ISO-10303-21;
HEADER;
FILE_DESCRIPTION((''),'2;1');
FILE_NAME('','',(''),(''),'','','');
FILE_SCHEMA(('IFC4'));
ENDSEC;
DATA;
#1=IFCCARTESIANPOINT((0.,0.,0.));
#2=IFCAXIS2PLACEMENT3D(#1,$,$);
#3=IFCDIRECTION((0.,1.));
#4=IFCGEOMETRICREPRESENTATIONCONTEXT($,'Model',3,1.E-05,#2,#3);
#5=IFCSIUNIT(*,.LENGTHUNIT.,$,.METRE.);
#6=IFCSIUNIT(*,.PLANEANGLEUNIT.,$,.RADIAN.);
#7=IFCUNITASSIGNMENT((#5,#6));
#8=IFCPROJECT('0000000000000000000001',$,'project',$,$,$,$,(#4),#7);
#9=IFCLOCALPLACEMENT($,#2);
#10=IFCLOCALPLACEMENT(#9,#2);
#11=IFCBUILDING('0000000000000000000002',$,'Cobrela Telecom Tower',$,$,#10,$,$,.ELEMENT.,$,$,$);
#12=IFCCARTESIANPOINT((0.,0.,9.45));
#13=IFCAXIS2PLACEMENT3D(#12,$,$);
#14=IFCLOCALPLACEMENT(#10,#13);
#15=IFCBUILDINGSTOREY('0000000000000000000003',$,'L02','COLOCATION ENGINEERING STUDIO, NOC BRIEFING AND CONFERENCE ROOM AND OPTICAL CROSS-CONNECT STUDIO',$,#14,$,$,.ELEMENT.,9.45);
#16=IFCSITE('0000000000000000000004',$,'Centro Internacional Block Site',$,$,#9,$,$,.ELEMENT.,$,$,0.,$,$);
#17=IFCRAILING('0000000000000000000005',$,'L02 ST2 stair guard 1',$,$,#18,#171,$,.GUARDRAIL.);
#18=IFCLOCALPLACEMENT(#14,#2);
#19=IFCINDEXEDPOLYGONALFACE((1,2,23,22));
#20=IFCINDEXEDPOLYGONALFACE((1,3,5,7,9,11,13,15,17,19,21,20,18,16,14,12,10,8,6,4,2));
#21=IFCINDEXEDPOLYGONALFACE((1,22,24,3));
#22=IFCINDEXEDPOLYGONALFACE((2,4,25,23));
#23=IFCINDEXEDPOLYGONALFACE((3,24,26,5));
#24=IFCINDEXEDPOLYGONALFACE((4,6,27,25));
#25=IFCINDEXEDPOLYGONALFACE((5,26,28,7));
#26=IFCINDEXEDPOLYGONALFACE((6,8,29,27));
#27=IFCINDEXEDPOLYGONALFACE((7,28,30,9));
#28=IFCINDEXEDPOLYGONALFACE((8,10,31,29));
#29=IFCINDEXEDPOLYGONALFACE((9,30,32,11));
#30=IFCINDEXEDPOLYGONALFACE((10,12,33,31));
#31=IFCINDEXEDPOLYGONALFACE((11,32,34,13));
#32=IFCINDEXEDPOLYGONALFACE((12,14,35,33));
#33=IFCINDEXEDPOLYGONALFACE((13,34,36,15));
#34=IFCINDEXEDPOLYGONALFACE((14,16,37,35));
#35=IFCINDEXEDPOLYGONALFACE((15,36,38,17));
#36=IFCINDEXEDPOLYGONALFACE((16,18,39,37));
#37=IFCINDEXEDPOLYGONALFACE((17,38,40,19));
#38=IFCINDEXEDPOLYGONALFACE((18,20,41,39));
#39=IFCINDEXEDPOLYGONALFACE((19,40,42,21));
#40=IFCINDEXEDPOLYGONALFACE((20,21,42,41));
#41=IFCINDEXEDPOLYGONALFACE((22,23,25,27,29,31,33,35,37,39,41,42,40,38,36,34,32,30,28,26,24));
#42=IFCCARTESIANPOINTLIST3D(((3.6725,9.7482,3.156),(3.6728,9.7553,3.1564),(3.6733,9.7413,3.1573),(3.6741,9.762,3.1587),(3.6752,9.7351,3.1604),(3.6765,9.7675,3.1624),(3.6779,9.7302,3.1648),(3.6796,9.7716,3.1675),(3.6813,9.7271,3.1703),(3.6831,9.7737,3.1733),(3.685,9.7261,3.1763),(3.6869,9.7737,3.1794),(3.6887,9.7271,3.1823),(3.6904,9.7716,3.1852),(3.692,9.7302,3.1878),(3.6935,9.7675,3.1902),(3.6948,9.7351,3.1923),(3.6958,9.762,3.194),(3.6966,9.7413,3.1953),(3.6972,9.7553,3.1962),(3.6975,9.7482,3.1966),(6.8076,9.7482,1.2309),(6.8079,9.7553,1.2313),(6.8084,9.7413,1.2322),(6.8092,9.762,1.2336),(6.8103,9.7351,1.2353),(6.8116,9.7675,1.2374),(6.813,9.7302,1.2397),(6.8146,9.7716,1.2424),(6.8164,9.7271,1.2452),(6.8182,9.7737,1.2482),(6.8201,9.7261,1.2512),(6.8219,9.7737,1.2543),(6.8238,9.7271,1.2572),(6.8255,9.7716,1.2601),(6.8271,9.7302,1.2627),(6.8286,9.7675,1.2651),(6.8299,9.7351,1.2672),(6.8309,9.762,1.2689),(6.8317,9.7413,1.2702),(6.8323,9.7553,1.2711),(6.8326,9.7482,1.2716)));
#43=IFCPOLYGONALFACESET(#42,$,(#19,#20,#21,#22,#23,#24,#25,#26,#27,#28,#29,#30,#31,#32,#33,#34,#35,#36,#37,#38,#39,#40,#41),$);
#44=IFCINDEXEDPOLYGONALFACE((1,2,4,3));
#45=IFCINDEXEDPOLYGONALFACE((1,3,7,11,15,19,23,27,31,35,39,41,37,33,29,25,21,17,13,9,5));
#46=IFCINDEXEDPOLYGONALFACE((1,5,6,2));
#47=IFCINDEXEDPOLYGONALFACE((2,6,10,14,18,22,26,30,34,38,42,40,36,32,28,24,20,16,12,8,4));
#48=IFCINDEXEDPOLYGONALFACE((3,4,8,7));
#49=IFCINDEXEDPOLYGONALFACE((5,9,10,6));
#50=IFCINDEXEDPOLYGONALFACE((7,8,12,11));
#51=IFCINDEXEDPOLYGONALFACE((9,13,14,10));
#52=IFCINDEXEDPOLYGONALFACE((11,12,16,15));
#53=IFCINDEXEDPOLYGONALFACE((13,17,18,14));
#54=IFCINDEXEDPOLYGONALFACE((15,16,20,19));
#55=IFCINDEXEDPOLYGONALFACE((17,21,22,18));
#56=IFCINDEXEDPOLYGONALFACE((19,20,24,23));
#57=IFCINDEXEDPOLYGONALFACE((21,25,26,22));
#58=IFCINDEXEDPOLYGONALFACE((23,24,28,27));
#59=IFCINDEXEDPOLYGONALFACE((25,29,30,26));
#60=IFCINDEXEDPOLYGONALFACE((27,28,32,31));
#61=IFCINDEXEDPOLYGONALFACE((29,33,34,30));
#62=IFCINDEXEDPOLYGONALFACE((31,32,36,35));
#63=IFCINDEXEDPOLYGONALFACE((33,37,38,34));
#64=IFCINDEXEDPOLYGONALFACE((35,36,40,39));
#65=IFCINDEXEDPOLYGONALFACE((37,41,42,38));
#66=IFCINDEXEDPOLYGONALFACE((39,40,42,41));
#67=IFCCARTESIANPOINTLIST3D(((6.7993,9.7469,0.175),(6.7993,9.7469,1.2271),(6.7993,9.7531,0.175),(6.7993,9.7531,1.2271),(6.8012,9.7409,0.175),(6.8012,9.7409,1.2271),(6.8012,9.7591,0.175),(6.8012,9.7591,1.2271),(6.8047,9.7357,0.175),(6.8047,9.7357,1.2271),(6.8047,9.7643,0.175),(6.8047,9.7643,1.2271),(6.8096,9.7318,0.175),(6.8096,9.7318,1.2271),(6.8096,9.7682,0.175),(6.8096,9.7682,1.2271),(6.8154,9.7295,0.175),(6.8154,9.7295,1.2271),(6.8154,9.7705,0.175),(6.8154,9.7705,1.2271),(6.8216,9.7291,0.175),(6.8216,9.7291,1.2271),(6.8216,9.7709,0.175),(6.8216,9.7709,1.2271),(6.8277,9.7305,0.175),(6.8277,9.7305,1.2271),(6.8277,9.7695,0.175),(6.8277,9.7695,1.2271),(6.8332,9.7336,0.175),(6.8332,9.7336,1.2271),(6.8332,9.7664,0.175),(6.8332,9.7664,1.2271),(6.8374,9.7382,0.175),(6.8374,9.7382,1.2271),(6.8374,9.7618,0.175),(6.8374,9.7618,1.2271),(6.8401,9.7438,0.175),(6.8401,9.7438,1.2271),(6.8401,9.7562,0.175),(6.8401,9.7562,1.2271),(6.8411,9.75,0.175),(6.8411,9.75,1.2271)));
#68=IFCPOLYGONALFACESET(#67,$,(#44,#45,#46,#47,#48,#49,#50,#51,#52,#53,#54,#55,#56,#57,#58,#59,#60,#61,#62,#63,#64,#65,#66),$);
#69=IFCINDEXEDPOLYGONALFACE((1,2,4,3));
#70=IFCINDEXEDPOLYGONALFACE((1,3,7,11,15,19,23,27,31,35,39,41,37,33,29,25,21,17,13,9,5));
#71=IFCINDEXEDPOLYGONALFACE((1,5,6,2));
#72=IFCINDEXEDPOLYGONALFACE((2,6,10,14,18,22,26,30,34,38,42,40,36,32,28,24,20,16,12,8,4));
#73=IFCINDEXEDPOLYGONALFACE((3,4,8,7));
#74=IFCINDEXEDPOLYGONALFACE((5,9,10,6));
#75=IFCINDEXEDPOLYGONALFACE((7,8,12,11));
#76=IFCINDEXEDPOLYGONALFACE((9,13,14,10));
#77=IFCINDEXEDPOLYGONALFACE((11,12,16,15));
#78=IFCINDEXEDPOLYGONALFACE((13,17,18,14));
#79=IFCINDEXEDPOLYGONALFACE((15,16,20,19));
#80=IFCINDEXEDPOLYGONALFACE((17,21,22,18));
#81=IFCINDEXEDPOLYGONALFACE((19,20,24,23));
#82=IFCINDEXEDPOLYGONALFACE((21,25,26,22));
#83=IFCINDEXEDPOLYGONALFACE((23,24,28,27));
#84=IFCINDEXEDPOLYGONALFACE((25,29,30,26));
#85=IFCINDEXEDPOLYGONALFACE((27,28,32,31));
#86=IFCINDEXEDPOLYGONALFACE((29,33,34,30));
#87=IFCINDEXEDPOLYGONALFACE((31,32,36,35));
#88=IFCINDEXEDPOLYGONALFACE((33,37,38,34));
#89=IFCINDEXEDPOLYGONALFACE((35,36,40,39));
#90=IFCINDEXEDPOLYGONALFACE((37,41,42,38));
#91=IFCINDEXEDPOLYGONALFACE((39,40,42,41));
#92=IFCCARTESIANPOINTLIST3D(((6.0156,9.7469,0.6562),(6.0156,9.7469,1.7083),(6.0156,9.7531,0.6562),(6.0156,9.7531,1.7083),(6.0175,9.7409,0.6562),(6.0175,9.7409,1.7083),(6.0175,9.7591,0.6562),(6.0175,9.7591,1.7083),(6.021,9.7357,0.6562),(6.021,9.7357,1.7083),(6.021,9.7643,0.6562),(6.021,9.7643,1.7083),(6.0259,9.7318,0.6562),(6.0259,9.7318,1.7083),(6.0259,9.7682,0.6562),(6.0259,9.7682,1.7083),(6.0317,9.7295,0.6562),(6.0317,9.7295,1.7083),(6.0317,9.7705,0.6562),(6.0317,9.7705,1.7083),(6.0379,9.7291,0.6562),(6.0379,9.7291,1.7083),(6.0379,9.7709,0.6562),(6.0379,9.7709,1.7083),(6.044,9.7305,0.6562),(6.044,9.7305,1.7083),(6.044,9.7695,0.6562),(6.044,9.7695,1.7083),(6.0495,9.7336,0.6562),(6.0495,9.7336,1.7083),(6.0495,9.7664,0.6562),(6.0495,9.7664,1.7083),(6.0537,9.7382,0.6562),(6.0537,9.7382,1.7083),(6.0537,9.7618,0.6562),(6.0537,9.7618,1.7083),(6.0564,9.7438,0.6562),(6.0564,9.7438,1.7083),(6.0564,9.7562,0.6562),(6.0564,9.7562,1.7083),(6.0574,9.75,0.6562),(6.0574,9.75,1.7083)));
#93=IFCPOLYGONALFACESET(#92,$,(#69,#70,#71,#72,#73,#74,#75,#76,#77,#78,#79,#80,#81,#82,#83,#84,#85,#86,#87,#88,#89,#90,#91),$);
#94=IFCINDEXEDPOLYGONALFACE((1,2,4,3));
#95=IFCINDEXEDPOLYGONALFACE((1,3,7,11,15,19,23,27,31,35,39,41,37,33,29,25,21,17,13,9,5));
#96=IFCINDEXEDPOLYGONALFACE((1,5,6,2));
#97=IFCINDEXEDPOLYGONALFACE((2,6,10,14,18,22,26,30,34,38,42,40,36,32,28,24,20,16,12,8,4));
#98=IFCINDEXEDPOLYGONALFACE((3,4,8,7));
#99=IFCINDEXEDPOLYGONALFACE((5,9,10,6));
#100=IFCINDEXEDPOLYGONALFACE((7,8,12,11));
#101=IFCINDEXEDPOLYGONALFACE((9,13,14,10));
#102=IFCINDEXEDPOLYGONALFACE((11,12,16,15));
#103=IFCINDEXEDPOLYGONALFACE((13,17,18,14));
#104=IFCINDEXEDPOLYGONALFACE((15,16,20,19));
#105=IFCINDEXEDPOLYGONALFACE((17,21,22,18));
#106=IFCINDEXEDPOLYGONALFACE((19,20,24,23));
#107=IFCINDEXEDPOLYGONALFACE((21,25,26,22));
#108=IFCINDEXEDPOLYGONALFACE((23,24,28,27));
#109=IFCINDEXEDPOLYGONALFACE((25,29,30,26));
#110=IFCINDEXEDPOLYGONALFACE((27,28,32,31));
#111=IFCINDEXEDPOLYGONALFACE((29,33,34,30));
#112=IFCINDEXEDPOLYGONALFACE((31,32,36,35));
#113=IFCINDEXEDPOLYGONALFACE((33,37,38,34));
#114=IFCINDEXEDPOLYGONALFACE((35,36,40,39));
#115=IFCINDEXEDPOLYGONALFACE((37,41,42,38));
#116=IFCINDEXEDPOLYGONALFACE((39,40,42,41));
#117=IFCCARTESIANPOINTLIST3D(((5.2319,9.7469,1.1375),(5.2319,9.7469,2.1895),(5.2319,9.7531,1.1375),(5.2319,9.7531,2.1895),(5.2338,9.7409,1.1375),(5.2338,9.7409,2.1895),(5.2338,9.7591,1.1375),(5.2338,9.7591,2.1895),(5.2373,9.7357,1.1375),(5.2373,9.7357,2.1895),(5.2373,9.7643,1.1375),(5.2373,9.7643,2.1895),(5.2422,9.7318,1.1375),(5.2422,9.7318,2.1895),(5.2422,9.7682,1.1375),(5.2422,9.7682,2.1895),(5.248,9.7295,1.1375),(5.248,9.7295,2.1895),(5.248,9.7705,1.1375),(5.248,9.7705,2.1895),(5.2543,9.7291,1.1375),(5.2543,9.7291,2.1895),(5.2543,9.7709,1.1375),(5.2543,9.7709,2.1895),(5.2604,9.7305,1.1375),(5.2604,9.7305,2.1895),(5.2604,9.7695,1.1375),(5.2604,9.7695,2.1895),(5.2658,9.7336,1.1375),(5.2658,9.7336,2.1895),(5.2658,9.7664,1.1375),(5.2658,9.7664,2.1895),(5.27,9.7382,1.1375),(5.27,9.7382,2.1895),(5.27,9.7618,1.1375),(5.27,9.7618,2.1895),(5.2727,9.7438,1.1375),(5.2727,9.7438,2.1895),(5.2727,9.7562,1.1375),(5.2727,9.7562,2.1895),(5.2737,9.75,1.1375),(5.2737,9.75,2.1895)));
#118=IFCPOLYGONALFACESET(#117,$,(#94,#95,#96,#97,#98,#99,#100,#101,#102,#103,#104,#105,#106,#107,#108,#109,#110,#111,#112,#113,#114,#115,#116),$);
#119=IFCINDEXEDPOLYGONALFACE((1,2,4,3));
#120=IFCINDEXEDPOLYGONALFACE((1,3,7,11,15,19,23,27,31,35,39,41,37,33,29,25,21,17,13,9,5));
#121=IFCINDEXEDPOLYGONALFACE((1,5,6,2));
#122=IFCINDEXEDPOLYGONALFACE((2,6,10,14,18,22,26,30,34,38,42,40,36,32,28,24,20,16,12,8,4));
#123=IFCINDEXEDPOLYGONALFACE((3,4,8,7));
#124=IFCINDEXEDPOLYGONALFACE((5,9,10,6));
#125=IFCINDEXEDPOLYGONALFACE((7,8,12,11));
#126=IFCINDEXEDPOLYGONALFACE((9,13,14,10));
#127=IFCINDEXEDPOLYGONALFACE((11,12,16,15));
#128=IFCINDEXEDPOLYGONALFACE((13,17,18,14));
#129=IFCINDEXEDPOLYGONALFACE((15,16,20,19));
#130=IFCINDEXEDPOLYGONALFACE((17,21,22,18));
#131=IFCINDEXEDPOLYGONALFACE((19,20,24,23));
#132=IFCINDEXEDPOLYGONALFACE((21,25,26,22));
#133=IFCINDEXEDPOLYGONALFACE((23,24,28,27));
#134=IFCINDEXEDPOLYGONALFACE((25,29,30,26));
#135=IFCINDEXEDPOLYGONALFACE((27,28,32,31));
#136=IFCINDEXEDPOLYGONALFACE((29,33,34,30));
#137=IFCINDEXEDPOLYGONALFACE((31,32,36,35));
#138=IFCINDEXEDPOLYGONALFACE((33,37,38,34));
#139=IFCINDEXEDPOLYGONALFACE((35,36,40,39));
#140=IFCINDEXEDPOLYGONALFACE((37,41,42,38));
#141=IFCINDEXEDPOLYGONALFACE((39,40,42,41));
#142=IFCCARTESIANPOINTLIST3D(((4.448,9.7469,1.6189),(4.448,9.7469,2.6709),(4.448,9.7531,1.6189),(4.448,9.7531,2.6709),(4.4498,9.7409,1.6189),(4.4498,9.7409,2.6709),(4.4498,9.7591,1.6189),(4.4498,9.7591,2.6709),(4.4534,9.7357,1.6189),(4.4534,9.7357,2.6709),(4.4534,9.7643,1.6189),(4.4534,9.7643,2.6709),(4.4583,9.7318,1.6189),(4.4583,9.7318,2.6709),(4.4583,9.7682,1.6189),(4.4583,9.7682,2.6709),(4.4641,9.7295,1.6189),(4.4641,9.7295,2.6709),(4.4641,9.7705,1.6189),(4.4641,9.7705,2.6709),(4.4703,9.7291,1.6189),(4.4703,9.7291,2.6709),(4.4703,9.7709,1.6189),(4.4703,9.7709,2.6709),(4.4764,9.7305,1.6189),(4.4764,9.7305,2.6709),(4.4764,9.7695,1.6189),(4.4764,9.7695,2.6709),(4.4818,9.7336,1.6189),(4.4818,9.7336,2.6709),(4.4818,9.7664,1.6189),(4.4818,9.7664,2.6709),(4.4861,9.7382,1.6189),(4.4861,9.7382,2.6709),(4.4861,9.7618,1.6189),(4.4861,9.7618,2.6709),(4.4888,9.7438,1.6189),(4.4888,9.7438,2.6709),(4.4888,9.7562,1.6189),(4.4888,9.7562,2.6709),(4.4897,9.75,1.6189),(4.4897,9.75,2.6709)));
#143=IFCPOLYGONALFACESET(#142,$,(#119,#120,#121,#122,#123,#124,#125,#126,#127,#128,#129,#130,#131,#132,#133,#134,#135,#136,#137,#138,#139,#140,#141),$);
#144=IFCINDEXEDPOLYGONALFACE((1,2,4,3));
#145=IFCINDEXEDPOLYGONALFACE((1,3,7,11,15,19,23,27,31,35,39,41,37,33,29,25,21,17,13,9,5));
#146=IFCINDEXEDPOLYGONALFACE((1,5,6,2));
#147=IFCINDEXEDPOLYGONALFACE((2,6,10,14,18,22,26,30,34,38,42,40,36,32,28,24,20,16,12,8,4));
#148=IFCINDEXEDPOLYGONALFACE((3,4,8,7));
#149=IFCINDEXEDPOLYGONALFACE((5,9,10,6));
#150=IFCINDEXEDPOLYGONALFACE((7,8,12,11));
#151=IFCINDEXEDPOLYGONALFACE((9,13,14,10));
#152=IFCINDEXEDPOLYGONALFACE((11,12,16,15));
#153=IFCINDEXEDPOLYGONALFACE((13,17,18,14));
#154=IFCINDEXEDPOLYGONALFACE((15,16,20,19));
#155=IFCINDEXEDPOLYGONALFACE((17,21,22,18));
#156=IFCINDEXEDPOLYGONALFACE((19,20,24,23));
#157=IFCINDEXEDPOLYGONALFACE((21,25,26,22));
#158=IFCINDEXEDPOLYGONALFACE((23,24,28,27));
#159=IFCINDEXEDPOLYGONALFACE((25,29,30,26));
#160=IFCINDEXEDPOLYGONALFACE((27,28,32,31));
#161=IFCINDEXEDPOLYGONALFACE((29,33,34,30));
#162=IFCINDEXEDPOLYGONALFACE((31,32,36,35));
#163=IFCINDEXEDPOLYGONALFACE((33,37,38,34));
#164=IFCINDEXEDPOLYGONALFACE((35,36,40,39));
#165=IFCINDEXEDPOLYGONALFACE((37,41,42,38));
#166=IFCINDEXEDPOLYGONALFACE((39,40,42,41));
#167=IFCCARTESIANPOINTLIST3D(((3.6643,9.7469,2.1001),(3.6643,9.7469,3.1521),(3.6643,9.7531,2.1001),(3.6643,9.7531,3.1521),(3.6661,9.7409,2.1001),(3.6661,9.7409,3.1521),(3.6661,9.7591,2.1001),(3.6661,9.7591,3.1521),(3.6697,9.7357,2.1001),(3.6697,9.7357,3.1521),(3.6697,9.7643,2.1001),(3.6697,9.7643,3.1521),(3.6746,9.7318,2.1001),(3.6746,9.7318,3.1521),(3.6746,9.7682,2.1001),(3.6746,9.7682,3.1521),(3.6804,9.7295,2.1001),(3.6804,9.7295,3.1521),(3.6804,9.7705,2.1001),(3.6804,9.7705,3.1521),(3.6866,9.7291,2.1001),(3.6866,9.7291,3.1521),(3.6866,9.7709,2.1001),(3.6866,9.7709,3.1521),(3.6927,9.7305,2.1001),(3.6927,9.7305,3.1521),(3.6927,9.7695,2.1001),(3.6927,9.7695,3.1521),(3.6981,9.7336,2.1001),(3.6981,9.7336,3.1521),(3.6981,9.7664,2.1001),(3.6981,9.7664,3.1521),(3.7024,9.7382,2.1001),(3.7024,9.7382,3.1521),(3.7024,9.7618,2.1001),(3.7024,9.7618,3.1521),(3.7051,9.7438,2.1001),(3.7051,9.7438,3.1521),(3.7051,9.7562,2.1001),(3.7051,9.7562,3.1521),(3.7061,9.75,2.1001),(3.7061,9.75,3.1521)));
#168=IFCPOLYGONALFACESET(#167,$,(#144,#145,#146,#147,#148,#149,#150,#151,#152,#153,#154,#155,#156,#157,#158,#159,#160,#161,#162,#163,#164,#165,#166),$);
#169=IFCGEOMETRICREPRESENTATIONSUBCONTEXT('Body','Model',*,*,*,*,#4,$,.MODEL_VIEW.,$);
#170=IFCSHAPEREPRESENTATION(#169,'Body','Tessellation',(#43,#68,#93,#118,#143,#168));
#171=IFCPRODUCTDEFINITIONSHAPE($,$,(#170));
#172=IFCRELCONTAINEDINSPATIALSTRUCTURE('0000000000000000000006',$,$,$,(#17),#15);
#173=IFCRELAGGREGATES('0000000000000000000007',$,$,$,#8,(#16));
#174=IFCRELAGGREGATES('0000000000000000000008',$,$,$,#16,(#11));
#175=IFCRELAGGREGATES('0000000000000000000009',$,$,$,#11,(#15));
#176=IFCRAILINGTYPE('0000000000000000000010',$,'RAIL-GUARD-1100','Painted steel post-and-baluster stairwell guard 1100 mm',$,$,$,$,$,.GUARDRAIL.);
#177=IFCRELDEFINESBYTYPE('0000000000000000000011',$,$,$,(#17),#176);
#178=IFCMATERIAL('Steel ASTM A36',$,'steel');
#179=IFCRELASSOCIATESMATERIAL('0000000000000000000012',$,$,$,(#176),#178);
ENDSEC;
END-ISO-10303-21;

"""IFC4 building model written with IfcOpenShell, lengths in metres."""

from ifc_helpers import new_model, si_unit, direction, frame, origin, origin_2d, place, context, subcontext, project, spatial, circle, extrude, material, type_object, element, save


model = new_model("IFC4")

# Units and contexts
model_context = context("Model", 3, precision=1e-05, world=origin(), true_north=direction((0.0, 1.0)))
body_context = subcontext(model_context, "Body", "Model", "MODEL_VIEW")
ifc_project = project(units=[si_unit("LENGTHUNIT", "METRE"), si_unit("PLANEANGLEUNIT", "RADIAN")], contexts=[model_context])

# Site, building, storey
site_placement = place(None, origin())
site = spatial("IfcSite", under=ifc_project, at=site_placement, Name="Centro Internacional Block Site", CompositionType="ELEMENT", RefElevation=0.0)
building_placement = place(site_placement, origin())
building = spatial("IfcBuilding", under=site, at=building_placement, Name="Cobrela Telecom Tower", CompositionType="ELEMENT")
storey_placement = place(building_placement, frame((0.0, 0.0, 9.45)))
storey = spatial("IfcBuildingStorey", under=building, at=storey_placement, Name="L02", Description="COLOCATION ENGINEERING STUDIO, NOC BRIEFING AND CONFERENCE ROOM AND OPTICAL CROSS-CONNECT STUDIO", CompositionType="ELEMENT", Elevation=9.45)

# Railing
ifc_material_1 = material(Name="Steel ASTM A36", Category="steel")
railing_type = type_object("IfcRailingType", Name="RAIL-GUARD-1100", Description="Painted steel post-and-baluster stairwell guard 1100 mm", PredefinedType="GUARDRAIL", material=ifc_material_1)
railing_1_placement = place(storey_placement, frame((6.8201, 9.75, 0.175)))
element("IfcRailing", 1, at=railing_1_placement, inside=storey, type_object=railing_type, Name="L02 ST2 stair guard 1", PredefinedType="GUARDRAIL", context=body_context, shape_type="SweptSolid", body=[
    extrude(circle(Radius=0.0239, at=origin_2d()), frame((0.0, 0.0, 1.0762), z_axis=(-0.852166, 0.0, 0.523271), x_axis=(0.0, -1.0, 0.0)), (0.0, 0.0, 1.0), 3.679),
    extrude(circle(Radius=0.021, at=origin_2d()), origin(), (0.0, 0.0, 1.0), 1.052),
    extrude(circle(Radius=0.021, at=origin_2d()), frame((-0.7837, 0.0, 0.4812)), (0.0, 0.0, 1.0), 1.052),
    extrude(circle(Radius=0.021, at=origin_2d()), frame((-1.5674, 0.0, 0.9624)), (0.0, 0.0, 1.0), 1.052),
    extrude(circle(Radius=0.021, at=origin_2d()), frame((-2.3513, 0.0, 1.4438)), (0.0, 0.0, 1.0), 1.052),
    extrude(circle(Radius=0.021, at=origin_2d()), frame((-3.135, 0.0, 1.925)), (0.0, 0.0, 1.0), 1.052),
])

save(model, "model.ifc")
